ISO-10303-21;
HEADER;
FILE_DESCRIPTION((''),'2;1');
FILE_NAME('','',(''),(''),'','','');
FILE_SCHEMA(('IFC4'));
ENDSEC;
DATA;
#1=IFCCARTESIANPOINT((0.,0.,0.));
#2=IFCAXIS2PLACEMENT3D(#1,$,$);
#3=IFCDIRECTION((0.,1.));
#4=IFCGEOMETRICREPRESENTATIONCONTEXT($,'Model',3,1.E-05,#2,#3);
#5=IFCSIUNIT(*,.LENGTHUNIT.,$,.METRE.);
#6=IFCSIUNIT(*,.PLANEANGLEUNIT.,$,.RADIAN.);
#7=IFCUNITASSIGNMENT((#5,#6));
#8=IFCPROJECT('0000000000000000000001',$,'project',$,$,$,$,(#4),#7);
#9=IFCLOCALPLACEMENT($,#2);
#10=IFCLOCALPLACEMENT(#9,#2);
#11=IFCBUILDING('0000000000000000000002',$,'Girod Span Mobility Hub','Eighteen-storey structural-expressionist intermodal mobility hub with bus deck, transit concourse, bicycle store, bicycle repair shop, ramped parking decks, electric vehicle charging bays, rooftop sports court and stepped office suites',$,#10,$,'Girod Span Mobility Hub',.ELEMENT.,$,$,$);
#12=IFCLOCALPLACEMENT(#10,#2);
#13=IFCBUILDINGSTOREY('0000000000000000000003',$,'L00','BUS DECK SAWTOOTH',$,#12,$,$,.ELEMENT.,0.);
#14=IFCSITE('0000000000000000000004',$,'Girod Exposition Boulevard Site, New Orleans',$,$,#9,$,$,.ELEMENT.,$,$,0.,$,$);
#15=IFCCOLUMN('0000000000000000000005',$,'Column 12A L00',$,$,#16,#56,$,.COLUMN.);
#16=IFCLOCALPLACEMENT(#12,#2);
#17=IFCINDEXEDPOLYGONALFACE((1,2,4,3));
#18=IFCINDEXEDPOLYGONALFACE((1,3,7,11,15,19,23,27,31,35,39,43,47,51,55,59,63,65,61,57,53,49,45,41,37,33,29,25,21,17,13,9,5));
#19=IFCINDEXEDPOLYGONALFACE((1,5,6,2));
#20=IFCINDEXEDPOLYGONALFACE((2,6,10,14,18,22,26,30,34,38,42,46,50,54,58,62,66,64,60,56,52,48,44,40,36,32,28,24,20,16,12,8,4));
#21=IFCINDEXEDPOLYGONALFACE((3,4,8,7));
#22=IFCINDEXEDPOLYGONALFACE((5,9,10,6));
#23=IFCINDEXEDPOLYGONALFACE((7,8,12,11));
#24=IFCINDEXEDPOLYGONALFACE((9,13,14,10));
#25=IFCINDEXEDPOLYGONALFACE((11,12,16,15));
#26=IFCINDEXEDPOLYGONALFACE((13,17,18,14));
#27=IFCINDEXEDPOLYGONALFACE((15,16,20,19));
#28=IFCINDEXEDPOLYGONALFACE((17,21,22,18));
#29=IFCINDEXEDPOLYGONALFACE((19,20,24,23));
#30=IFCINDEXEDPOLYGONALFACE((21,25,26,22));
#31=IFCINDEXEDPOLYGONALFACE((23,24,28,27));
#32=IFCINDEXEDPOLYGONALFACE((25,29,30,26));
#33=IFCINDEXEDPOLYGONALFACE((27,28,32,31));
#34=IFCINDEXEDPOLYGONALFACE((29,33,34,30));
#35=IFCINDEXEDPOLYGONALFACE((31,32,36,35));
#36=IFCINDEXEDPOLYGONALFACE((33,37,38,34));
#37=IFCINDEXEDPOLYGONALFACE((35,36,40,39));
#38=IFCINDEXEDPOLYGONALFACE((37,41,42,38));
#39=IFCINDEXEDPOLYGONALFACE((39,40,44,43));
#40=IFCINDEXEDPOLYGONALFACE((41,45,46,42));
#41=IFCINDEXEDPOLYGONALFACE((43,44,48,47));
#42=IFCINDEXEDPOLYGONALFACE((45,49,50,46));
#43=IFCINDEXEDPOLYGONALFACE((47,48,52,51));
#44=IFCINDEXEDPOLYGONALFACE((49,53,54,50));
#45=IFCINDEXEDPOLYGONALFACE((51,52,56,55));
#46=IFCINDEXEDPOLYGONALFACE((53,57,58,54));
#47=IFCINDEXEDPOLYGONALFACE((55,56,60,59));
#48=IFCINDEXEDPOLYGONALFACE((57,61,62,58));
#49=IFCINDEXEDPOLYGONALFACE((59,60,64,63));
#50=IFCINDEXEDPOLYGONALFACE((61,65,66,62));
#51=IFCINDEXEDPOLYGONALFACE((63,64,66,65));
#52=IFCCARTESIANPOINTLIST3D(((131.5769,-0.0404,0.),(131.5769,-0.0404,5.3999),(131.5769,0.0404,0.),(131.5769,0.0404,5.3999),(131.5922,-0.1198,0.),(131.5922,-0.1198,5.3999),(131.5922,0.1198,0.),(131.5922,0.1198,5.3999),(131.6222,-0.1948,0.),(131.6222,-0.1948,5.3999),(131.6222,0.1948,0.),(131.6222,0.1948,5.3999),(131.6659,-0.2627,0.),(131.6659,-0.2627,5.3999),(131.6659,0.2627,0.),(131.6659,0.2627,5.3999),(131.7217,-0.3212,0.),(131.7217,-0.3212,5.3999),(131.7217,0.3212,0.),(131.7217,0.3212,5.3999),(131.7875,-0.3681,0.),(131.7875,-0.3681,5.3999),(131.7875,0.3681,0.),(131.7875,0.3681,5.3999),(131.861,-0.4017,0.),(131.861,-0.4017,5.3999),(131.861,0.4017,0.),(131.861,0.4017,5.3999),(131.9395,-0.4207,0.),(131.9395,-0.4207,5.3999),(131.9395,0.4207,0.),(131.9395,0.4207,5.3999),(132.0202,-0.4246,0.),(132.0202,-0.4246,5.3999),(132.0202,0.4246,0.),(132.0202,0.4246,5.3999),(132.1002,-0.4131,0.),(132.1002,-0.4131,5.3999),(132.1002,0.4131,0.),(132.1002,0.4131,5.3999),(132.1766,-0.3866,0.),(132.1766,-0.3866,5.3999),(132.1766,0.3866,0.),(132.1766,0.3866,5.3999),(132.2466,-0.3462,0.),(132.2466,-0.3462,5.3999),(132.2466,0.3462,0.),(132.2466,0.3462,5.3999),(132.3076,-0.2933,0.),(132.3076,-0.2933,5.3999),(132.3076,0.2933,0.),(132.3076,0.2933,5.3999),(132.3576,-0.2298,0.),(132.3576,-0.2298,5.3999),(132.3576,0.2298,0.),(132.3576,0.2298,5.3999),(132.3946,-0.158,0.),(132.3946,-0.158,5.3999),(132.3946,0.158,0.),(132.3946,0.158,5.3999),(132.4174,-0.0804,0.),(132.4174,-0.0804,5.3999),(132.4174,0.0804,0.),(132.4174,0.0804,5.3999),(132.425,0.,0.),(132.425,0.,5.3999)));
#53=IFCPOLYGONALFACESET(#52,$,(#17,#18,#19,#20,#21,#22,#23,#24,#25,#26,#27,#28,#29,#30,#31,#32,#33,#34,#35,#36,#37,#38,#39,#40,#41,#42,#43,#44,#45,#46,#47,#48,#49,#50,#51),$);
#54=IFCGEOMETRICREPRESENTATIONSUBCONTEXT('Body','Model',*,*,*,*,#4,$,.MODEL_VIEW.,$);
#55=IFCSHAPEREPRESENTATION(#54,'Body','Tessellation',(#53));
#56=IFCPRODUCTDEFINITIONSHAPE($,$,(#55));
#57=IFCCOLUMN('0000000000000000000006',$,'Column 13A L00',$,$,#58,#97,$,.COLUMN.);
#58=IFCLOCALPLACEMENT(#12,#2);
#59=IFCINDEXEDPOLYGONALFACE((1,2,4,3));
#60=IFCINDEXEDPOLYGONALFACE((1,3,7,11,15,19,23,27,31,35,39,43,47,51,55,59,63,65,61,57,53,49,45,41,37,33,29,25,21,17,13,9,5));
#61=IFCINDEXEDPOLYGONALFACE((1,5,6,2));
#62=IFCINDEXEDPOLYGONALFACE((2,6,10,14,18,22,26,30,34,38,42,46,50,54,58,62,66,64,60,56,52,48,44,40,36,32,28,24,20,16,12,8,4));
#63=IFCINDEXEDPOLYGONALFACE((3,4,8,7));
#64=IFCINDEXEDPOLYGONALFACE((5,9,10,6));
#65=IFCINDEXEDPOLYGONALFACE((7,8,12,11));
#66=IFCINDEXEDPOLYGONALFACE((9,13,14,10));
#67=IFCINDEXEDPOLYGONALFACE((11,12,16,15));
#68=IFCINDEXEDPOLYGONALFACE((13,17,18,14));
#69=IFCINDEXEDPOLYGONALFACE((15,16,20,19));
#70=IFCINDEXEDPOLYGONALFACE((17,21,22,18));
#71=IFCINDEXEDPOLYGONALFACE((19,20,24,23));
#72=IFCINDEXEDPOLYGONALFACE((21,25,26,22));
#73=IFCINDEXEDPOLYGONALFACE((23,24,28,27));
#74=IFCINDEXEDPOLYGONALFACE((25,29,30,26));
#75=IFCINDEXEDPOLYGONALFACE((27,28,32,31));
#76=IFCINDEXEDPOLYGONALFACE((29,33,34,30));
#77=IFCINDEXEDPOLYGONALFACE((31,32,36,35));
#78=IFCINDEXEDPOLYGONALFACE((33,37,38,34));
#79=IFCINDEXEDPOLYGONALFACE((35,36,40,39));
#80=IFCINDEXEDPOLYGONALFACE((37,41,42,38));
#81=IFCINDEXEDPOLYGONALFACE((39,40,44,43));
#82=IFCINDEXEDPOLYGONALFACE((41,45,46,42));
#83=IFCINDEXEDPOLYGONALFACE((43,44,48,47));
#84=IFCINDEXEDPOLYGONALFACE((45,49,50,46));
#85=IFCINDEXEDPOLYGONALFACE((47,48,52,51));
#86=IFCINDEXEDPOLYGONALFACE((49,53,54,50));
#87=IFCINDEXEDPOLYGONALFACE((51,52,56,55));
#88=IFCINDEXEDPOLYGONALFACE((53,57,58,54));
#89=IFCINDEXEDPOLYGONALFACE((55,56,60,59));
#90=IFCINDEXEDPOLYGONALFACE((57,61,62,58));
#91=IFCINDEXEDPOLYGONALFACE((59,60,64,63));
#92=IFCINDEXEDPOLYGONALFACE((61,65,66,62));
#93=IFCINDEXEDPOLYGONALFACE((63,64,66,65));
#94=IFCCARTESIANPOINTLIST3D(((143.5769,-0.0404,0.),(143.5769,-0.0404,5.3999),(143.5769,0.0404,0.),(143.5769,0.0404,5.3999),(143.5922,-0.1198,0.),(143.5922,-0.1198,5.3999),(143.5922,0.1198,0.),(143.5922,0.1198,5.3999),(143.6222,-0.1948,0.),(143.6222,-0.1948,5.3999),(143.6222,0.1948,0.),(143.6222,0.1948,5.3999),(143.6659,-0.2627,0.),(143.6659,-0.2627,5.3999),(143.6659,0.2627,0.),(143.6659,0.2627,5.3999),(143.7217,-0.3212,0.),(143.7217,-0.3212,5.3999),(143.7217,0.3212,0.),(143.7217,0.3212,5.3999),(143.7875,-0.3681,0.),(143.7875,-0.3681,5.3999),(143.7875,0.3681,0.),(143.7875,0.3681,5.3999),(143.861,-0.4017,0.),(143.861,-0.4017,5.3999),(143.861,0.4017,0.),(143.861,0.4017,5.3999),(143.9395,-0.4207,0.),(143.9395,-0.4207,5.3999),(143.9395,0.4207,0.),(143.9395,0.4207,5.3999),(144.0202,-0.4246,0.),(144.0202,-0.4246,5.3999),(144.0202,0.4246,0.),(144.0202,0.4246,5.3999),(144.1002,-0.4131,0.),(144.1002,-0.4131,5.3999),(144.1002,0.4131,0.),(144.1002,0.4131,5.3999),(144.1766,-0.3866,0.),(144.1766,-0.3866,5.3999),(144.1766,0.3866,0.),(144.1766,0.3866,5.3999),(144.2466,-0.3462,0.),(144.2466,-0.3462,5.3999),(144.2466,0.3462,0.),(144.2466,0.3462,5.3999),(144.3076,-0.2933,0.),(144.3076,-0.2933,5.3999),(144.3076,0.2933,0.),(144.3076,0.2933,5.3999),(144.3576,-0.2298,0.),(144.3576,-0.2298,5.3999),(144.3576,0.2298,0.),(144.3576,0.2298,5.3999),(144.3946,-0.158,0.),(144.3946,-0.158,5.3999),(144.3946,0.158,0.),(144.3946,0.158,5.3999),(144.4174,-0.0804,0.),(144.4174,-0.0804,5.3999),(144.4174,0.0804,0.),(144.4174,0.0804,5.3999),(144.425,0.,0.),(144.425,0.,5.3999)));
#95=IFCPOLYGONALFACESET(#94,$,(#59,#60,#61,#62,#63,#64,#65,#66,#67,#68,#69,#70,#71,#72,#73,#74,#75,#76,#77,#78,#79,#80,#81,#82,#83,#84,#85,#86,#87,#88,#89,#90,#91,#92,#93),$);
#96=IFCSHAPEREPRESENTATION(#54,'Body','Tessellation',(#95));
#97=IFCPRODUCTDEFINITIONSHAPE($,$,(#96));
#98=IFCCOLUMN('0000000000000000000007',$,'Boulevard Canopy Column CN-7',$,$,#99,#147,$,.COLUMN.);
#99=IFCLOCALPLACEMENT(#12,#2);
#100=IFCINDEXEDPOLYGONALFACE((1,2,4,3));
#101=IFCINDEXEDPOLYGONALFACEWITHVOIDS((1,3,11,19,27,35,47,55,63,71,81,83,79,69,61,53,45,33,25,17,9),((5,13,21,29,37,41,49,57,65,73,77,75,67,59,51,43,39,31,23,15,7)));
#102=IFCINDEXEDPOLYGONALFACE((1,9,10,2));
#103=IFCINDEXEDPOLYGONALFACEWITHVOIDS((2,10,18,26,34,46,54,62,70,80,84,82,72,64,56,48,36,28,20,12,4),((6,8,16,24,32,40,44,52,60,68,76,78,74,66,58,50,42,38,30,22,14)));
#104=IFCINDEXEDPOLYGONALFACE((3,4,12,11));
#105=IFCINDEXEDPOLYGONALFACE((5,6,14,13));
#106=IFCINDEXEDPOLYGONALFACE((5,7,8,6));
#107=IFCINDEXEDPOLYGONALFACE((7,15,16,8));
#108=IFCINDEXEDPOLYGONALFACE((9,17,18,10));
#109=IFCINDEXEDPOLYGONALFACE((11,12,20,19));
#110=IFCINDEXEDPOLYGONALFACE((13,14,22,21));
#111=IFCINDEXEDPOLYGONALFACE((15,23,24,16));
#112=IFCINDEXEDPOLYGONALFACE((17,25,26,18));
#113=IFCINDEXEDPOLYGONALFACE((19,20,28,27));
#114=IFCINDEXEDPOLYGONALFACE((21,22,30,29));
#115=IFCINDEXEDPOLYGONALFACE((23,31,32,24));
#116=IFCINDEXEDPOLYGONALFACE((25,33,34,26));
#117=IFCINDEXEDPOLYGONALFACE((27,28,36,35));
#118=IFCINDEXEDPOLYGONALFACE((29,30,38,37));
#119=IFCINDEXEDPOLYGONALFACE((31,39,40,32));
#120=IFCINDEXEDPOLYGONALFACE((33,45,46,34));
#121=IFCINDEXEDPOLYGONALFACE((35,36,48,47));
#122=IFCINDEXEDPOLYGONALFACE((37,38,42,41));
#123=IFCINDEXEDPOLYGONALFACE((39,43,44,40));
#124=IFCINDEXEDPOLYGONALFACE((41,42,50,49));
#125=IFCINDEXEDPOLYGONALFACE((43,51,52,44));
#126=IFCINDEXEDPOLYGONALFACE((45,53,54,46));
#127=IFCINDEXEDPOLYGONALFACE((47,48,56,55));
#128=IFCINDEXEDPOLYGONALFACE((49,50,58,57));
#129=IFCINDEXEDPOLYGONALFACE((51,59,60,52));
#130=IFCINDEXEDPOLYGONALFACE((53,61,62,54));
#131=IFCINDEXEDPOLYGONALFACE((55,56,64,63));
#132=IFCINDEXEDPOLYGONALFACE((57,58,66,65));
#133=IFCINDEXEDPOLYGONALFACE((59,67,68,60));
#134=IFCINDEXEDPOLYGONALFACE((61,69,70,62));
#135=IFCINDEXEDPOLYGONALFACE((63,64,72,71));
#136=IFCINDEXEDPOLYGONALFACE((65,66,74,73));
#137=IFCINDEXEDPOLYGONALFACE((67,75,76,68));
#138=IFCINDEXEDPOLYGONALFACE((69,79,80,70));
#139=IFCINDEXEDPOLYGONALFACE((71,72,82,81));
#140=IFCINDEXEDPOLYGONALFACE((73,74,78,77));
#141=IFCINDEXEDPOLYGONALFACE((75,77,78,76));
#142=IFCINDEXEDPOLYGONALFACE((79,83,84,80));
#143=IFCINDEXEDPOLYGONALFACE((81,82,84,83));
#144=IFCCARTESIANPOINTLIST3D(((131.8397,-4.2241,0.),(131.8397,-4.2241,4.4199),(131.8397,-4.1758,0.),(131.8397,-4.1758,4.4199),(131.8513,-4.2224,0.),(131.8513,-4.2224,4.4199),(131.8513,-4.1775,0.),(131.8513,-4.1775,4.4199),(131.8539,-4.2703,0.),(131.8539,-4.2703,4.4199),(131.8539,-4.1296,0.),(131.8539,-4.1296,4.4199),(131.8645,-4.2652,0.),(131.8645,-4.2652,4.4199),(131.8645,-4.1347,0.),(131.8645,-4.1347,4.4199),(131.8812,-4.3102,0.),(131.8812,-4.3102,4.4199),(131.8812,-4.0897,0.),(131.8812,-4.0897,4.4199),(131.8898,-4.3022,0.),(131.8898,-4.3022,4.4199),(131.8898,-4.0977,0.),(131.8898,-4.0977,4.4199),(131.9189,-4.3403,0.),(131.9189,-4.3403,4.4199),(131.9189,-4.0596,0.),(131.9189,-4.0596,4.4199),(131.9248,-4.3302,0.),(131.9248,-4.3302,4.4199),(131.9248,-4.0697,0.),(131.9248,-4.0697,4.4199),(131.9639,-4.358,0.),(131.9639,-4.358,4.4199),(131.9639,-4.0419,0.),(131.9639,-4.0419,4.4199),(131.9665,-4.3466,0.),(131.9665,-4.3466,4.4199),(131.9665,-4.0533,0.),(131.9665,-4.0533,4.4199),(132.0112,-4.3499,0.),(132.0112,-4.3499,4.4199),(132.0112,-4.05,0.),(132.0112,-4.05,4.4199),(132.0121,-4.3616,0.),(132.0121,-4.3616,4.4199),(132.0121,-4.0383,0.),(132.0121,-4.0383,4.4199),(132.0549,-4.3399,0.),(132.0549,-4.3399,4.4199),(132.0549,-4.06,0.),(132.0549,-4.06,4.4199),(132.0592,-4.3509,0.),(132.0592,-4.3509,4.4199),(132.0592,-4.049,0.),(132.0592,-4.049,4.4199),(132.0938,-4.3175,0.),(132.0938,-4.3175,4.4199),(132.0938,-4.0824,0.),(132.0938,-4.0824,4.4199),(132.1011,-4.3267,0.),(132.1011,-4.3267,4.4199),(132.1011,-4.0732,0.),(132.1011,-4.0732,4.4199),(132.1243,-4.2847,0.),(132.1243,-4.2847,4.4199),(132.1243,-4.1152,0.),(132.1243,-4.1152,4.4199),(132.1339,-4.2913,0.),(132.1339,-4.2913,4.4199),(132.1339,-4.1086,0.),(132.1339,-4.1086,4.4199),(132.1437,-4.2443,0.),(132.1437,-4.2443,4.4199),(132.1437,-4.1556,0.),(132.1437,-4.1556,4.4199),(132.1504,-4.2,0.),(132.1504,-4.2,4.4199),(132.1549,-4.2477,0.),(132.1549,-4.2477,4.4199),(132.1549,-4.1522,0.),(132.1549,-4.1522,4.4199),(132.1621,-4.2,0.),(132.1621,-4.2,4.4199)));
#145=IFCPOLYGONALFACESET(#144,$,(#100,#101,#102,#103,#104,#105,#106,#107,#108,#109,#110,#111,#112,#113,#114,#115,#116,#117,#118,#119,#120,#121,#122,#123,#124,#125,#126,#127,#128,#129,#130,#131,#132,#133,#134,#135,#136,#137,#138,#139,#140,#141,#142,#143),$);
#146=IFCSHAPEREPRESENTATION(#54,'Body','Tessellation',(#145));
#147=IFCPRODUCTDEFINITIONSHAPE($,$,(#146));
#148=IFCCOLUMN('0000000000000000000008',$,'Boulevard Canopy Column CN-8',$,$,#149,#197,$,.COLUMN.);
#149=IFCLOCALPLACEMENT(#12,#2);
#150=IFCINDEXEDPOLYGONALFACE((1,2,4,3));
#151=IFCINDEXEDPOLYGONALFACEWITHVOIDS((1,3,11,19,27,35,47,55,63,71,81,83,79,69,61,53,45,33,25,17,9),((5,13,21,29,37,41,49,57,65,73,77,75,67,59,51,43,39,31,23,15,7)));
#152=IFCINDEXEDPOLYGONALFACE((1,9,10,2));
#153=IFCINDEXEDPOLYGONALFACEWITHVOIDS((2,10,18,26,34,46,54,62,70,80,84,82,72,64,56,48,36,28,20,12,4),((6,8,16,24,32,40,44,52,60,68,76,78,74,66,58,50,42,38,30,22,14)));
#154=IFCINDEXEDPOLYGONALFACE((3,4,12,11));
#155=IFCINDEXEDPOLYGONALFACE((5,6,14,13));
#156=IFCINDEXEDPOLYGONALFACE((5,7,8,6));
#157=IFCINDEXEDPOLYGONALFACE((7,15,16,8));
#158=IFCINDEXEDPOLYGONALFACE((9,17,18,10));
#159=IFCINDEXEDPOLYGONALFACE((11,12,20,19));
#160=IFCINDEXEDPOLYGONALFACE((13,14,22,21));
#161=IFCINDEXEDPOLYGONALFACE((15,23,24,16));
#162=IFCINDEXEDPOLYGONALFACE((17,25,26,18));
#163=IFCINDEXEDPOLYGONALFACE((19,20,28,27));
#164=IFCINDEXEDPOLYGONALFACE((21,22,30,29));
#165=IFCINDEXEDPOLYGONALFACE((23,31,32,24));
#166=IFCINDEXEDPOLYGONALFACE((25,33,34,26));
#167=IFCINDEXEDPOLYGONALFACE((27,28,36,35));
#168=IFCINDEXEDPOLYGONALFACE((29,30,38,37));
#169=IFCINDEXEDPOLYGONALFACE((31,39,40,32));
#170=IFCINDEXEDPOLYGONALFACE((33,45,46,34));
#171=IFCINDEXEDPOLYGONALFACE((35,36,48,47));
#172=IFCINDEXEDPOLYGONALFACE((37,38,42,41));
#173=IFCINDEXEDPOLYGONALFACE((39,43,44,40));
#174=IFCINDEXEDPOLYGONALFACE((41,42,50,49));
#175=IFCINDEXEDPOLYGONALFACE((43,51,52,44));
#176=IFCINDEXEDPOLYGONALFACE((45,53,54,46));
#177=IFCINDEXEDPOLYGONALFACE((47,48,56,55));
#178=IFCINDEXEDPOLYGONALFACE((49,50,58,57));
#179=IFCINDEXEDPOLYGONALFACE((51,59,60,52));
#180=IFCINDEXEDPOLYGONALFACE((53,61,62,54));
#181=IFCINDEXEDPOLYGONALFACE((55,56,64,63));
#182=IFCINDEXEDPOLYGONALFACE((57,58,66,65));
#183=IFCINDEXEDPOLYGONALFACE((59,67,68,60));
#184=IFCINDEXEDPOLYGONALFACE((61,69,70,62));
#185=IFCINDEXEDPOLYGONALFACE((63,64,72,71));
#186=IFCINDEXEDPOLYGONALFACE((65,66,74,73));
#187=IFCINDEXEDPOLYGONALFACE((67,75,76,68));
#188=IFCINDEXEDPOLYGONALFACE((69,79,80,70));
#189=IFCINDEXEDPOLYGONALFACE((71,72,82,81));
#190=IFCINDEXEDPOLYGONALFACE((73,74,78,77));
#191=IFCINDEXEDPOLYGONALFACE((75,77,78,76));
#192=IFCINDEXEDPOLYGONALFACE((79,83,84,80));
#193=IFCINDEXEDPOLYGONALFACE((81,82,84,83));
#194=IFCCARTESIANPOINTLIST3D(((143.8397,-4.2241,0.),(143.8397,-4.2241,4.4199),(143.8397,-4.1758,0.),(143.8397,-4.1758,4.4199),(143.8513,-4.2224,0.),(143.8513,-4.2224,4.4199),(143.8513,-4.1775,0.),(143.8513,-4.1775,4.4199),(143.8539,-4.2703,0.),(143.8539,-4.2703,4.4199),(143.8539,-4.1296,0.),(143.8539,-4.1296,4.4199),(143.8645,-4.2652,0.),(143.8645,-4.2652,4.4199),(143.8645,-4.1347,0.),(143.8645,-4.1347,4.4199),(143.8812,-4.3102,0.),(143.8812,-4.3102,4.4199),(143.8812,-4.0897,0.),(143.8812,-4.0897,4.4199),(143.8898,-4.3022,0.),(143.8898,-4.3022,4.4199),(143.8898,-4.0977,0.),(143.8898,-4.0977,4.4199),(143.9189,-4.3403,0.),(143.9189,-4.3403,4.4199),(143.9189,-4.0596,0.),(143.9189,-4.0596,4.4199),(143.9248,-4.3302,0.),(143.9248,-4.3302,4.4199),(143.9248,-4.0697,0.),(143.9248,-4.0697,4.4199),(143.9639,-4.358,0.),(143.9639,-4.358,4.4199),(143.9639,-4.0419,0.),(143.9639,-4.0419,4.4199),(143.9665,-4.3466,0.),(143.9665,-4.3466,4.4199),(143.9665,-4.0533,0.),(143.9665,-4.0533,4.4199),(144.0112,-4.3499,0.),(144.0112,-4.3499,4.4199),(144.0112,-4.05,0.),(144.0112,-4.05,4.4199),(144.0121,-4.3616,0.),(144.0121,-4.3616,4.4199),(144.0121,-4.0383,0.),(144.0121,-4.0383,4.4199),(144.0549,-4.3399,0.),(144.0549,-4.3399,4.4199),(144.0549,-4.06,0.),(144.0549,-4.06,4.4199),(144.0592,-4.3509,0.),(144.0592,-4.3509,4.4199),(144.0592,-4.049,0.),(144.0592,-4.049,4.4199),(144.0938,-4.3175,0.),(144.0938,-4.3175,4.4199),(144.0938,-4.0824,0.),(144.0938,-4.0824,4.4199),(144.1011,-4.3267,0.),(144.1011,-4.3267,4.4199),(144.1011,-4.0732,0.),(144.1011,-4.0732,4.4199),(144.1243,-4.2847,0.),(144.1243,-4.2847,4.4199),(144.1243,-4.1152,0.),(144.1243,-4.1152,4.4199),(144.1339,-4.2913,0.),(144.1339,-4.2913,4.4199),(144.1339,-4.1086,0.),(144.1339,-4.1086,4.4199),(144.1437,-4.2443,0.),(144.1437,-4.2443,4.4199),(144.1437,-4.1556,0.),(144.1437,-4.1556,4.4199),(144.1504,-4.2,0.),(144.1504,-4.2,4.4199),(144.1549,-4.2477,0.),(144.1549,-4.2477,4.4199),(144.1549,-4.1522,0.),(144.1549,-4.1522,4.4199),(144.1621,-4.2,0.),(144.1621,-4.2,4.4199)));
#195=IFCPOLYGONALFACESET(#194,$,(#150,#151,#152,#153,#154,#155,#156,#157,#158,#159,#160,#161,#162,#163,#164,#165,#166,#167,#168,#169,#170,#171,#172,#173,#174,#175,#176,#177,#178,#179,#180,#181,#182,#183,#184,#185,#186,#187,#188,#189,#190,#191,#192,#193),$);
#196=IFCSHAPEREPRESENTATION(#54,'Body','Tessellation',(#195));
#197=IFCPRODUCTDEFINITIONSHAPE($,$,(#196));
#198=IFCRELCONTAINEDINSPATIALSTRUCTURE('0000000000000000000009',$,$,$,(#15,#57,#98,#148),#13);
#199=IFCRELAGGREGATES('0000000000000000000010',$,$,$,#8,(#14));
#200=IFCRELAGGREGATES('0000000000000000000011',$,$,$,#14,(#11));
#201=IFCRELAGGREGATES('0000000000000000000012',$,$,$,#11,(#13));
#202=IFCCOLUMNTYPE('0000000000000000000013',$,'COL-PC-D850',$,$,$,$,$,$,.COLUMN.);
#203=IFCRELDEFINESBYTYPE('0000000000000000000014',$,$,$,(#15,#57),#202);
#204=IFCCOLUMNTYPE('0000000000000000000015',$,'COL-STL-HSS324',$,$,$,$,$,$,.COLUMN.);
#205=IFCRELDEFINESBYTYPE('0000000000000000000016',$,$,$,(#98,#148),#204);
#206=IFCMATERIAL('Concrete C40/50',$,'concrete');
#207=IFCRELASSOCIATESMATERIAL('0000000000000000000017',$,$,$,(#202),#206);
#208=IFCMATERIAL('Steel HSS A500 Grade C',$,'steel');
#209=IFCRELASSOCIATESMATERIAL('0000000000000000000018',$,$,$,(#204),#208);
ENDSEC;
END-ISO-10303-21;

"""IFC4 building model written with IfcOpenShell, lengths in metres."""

from ifc_helpers import new_model, si_unit, direction, frame, origin, origin_2d, place, context, subcontext, project, spatial, circle, hollow_circle, extrude, material, material_profile, profile_set, type_object, element, save


model = new_model("IFC4")

# Units and contexts
model_context = context("Model", 3, precision=1e-05, world=origin(), true_north=direction((0.0, 1.0)))
body_context = subcontext(model_context, "Body", "Model", "MODEL_VIEW")
ifc_project = project(units=[si_unit("LENGTHUNIT", "METRE"), si_unit("PLANEANGLEUNIT", "RADIAN")], contexts=[model_context])

# Site, building, storey
site_placement = place(None, origin())
site = spatial("IfcSite", under=ifc_project, at=site_placement, Name="Girod Exposition Boulevard Site, New Orleans", CompositionType="ELEMENT", RefElevation=0.0)
building_placement = place(site_placement, origin())
building = spatial("IfcBuilding", under=site, at=building_placement, Name="Girod Span Mobility Hub", Description="Eighteen-storey structural-expressionist intermodal mobility hub with bus deck, transit concourse, bicycle store, bicycle repair shop, ramped parking decks, electric vehicle charging bays, rooftop sports court and stepped office suites", LongName="Girod Span Mobility Hub", CompositionType="ELEMENT")
storey_placement = place(building_placement, origin())
storey = spatial("IfcBuildingStorey", under=building, at=storey_placement, Name="L00", Description="BUS DECK SAWTOOTH", CompositionType="ELEMENT", Elevation=0.0)

# Columns
ifc_material_1 = material(Name="Concrete C40/50", Category="concrete")
ifc_material_profile_1 = material_profile(ifc_material_1, circle(Radius=0.425, at=origin_2d()), Name="PC-CIR-D850")
ifc_profile_set_1 = profile_set([ifc_material_profile_1], Name="Concrete C40/50")
column_type_1 = type_object("IfcColumnType", Name="COL-PC-D850", PredefinedType="COLUMN", material=ifc_profile_set_1)
for number, where, z_axis, x_axis, name in (
    (1, (132.0, 0.0, 0.0), (0.0, 0.0, 1.0), (1.0, 0.0, 0.0), "Column 12A L00"),
    (2, (144.0, 0.0, 0.0), (0.0, 0.0, 1.0), (1.0, 0.0, 0.0), "Column 13A L00"),
):
    element("IfcColumn", number, at=place(storey_placement, frame(where, z_axis=z_axis, x_axis=x_axis)), inside=storey, type_object=column_type_1, Name=name, PredefinedType="COLUMN", context=body_context, shape_type="SweptSolid", body=[
        extrude(circle(Radius=0.425, at=origin_2d()), origin(), (0.0, 0.0, 1.0), 5.3999),
    ])
ifc_material_2 = material(Name="Steel HSS A500 Grade C", Category="steel")
ifc_material_profile_2 = material_profile(ifc_material_2, hollow_circle(Radius=0.1621, WallThickness=0.0117, at=origin_2d()), Name="HSS324X12.7")
ifc_profile_set_2 = profile_set([ifc_material_profile_2], Name="Steel HSS A500 Grade C")
column_type_2 = type_object("IfcColumnType", Name="COL-STL-HSS324", PredefinedType="COLUMN", material=ifc_profile_set_2)
for number, where, z_axis, x_axis, name in (
    (3, (132.0, -4.2, 0.0), (0.0, 0.0, 1.0), (1.0, 0.0, 0.0), "Boulevard Canopy Column CN-7"),
    (4, (144.0, -4.2, 0.0), (0.0, 0.0, 1.0), (1.0, 0.0, 0.0), "Boulevard Canopy Column CN-8"),
):
    element("IfcColumn", number, at=place(storey_placement, frame(where, z_axis=z_axis, x_axis=x_axis)), inside=storey, type_object=column_type_2, Name=name, PredefinedType="COLUMN", context=body_context, shape_type="SweptSolid", body=[
        extrude(hollow_circle(Radius=0.1621, WallThickness=0.0117, at=origin_2d()), origin(), (0.0, 0.0, 1.0), 4.4199),
    ])

save(model, "model.ifc")
